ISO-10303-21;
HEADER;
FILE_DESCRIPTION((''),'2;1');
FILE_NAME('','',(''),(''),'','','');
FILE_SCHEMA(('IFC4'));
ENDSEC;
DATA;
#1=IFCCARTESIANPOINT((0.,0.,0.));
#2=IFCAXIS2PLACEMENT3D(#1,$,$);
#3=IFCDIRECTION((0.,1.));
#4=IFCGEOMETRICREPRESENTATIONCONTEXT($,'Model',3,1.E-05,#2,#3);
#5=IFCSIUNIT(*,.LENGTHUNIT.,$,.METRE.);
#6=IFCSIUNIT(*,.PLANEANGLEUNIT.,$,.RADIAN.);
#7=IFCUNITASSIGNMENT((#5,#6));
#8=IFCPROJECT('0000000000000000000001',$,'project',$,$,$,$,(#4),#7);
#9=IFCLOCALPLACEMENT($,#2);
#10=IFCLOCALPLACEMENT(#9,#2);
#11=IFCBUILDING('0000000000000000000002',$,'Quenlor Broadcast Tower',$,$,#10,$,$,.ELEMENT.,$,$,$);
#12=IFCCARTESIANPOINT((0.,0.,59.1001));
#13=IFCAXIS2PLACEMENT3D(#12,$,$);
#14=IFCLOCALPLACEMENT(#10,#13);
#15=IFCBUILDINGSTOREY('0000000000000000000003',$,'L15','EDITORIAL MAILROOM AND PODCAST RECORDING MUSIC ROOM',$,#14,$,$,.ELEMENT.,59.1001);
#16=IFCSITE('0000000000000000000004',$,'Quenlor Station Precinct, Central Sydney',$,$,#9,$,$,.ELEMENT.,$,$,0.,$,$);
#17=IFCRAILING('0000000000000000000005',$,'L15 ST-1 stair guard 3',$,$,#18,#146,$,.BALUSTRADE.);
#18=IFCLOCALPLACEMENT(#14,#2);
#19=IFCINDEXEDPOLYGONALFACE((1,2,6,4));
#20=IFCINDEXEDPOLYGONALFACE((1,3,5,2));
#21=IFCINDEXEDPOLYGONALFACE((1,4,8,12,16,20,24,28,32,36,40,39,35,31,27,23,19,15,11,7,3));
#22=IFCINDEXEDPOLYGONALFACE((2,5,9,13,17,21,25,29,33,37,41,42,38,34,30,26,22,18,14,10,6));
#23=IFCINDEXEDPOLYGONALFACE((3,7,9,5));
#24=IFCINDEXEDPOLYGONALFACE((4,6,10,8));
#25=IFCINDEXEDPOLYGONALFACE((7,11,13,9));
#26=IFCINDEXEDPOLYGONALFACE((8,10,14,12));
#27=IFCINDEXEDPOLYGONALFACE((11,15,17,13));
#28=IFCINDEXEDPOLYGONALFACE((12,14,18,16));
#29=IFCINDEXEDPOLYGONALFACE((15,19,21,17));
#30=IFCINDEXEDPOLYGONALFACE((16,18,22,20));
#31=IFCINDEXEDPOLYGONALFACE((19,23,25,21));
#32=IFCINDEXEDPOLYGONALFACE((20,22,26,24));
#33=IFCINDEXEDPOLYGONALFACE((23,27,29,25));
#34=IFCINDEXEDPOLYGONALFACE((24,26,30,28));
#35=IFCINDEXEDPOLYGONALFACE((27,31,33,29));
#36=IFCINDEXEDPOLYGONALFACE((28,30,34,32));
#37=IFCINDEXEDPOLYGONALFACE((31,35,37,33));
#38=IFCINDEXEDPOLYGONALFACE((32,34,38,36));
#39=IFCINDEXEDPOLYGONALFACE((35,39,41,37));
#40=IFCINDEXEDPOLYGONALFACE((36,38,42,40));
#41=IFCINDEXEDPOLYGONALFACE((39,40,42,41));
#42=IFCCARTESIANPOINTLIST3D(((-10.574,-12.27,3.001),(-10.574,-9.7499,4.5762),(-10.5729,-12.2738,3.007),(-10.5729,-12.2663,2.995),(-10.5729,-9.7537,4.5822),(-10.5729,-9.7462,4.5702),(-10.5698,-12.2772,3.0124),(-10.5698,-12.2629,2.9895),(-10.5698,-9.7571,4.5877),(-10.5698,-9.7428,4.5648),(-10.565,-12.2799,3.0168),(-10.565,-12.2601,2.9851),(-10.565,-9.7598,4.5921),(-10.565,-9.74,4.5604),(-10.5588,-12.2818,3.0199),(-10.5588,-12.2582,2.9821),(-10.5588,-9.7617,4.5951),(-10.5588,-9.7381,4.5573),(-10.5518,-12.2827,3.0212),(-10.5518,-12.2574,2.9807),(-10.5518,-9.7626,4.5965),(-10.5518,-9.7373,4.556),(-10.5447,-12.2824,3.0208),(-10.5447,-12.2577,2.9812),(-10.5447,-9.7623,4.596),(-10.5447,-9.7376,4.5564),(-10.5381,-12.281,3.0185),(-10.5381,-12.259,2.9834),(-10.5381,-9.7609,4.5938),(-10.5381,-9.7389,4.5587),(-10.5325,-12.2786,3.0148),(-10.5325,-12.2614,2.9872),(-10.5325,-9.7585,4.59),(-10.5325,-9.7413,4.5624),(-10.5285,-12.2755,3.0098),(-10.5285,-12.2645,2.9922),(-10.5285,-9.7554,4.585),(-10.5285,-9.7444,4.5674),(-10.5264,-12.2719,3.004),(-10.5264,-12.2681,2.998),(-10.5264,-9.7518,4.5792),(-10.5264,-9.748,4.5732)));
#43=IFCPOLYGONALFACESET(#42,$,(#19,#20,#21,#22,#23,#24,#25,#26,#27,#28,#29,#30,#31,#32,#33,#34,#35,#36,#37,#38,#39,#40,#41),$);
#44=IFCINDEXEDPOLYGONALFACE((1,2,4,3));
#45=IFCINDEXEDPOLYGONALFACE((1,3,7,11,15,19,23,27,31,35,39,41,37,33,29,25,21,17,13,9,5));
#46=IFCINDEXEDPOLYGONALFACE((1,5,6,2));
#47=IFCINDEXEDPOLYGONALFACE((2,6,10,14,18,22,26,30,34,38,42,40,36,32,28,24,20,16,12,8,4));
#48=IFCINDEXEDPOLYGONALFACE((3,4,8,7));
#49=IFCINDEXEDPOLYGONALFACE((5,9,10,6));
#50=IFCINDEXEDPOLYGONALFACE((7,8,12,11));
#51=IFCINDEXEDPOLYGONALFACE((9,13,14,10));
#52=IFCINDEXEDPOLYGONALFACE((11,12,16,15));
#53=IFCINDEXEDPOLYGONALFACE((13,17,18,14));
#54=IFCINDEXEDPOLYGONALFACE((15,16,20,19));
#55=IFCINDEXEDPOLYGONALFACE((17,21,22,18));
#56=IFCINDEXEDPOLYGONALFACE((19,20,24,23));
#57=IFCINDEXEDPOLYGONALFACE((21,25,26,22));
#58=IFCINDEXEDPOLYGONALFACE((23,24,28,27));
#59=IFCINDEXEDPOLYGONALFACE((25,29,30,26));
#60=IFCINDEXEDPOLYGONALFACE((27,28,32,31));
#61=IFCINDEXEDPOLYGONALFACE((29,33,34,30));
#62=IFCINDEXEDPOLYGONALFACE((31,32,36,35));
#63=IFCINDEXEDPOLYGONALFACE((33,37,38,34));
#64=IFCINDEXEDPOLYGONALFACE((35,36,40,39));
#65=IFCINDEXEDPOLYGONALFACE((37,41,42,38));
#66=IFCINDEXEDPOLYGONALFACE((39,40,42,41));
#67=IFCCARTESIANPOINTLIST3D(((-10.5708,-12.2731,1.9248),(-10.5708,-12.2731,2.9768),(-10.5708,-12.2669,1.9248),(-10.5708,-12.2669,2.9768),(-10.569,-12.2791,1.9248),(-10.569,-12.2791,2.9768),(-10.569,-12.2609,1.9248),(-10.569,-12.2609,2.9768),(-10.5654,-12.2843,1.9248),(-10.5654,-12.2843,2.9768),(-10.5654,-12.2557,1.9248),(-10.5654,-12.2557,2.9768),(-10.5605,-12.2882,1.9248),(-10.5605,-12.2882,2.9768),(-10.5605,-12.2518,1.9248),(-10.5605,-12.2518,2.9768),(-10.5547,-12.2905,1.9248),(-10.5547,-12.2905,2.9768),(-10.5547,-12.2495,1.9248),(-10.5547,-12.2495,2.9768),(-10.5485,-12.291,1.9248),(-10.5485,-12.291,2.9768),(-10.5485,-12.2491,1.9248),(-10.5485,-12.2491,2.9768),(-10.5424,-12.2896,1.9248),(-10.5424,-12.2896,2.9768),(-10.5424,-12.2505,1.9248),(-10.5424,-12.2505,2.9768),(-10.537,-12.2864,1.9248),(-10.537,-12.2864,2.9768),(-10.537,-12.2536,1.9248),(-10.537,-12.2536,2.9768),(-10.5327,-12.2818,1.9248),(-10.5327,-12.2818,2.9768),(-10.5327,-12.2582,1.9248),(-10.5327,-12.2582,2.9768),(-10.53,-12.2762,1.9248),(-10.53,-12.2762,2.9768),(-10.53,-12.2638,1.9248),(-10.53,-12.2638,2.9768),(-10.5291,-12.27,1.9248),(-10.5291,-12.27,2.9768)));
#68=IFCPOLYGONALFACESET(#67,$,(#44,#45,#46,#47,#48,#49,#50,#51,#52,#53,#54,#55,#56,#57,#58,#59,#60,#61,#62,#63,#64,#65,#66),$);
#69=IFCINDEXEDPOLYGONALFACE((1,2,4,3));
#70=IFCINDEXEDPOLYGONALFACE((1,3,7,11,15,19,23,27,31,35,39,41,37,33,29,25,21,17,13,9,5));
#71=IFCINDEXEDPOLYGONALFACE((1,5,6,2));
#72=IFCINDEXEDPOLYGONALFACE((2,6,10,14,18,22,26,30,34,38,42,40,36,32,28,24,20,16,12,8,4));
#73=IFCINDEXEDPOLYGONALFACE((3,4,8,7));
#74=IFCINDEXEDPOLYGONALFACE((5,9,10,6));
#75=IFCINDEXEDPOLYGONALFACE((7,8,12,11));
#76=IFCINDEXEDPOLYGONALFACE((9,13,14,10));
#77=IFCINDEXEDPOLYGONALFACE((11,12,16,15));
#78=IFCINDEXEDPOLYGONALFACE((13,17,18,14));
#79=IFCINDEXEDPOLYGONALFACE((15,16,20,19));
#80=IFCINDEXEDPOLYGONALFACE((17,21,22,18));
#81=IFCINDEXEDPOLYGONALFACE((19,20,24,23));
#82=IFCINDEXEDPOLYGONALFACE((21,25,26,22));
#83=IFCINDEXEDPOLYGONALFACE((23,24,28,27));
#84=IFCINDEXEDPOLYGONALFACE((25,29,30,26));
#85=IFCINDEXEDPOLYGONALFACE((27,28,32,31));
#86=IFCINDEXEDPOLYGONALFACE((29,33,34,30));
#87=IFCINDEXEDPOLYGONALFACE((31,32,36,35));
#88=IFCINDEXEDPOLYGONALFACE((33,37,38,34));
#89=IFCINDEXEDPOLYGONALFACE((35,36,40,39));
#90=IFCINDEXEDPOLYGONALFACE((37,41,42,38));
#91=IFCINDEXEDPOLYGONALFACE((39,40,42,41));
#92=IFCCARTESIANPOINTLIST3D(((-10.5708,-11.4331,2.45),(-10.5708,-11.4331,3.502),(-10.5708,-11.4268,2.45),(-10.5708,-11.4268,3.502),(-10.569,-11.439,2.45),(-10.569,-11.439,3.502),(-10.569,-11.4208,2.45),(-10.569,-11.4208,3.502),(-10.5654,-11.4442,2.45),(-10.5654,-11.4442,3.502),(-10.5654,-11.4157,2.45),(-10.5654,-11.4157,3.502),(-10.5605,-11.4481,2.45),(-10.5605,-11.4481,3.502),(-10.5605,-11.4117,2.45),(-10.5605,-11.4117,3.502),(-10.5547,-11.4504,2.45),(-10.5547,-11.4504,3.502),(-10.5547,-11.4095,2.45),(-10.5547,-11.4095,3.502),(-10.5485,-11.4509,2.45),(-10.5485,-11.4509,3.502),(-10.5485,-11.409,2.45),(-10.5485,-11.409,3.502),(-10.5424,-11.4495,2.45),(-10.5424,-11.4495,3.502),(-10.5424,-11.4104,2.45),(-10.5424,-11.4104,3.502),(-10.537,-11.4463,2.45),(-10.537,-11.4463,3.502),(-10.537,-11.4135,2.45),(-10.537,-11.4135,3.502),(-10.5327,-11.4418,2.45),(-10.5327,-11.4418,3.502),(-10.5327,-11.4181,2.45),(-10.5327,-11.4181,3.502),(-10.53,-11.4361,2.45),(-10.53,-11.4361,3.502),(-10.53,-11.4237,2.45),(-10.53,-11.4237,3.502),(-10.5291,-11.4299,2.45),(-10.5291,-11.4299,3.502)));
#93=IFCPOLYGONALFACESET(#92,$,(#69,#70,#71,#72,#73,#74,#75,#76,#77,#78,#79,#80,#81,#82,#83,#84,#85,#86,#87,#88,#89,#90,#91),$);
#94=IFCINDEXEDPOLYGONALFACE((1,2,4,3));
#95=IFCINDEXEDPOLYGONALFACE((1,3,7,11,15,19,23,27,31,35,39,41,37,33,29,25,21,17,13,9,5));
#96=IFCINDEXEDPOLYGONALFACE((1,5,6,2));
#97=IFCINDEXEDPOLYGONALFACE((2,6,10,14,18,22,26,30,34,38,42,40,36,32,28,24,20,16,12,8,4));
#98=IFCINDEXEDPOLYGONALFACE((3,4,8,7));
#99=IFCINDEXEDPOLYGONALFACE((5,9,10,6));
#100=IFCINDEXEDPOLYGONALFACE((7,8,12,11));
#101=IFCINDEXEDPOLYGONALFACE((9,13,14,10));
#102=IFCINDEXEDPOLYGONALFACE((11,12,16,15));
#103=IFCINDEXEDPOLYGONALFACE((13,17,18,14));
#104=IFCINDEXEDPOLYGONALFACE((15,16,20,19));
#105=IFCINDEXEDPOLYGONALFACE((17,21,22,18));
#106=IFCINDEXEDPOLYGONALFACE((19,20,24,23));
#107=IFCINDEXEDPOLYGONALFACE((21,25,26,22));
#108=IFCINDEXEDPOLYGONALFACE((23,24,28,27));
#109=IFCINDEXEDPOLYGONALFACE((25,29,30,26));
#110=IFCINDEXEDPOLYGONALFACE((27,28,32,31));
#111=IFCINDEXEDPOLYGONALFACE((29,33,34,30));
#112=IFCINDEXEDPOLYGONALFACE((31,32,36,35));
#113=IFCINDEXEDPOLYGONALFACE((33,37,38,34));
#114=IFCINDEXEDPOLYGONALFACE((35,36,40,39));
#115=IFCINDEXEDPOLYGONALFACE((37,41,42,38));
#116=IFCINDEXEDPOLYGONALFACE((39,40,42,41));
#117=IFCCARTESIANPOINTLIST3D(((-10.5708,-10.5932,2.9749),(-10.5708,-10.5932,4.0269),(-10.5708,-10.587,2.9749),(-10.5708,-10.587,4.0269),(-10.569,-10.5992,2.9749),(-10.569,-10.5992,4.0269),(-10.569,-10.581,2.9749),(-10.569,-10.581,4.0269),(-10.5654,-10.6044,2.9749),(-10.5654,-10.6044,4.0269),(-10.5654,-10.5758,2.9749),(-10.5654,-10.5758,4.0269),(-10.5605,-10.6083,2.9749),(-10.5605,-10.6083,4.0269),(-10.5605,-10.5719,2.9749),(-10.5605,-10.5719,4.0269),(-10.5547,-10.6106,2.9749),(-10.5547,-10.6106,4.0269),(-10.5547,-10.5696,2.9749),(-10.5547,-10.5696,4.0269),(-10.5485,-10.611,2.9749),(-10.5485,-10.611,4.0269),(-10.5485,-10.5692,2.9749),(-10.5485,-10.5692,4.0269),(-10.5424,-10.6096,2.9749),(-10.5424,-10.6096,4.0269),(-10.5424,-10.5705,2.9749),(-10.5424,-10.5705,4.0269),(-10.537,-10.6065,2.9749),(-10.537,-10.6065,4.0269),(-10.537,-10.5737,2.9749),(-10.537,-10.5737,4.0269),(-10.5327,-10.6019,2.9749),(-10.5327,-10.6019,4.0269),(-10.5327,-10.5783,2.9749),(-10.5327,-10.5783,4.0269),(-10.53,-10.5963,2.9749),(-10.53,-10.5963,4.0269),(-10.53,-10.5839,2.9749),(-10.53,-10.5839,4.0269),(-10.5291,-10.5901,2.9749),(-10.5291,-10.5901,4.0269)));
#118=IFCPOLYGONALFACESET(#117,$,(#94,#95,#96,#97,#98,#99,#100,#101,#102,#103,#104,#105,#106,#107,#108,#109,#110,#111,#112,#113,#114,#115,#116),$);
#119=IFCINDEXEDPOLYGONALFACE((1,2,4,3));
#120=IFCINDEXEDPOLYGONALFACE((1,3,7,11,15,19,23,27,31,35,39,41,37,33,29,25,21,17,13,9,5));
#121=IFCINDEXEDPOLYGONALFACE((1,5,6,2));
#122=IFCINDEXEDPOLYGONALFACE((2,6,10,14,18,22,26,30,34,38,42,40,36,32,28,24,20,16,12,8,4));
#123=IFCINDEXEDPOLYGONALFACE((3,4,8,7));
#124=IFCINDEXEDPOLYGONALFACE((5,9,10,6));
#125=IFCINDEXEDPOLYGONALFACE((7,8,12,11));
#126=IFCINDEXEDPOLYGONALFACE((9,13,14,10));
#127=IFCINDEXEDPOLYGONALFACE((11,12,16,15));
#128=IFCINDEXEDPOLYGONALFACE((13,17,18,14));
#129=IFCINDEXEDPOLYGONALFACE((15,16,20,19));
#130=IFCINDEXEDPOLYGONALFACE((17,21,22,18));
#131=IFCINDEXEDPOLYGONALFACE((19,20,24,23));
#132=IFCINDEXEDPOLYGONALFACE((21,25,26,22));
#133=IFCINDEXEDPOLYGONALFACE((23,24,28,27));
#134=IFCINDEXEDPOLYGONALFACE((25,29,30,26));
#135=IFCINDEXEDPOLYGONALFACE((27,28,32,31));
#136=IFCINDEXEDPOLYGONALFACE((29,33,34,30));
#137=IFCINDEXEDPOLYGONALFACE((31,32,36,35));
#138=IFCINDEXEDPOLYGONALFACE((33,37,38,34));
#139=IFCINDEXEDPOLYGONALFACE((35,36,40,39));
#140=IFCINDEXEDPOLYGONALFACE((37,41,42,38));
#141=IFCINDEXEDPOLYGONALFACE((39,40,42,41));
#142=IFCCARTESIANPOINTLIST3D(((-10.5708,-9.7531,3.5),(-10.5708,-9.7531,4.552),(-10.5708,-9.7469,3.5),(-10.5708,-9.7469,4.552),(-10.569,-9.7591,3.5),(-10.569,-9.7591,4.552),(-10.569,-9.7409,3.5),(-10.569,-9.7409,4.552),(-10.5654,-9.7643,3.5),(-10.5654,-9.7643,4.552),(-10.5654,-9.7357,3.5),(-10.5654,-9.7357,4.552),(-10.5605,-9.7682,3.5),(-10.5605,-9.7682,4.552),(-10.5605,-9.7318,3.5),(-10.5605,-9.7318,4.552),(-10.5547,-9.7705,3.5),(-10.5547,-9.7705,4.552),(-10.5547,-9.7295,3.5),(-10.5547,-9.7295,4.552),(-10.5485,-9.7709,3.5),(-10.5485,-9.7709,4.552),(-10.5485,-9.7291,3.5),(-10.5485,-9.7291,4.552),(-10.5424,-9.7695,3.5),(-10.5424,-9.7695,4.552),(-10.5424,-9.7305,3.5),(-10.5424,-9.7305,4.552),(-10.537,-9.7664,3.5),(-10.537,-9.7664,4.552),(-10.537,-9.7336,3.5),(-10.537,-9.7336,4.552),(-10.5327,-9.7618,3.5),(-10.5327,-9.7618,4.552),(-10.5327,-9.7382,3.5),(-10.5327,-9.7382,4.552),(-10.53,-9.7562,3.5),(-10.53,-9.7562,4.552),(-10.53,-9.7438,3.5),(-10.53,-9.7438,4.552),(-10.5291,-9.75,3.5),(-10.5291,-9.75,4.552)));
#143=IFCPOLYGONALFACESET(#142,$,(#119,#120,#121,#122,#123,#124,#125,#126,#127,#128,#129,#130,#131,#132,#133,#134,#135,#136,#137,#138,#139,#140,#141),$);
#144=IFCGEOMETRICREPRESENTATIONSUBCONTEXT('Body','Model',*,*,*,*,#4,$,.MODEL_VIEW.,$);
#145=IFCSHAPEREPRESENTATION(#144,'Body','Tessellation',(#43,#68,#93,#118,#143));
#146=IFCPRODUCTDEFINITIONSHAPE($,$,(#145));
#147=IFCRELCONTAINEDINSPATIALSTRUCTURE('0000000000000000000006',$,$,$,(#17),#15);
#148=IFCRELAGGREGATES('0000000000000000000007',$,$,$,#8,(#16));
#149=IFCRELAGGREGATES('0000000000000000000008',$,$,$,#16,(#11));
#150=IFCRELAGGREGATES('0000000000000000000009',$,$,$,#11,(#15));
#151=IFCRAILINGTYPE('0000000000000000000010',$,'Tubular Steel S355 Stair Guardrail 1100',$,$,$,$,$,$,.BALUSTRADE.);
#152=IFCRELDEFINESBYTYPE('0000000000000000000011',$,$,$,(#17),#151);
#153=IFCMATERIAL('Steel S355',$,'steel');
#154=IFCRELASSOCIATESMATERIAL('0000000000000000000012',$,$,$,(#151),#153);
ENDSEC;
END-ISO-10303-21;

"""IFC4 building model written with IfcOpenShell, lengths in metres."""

from ifc_helpers import new_model, si_unit, direction, frame, origin, origin_2d, place, context, subcontext, project, spatial, circle, extrude, material, type_object, element, save


model = new_model("IFC4")

# Units and contexts
model_context = context("Model", 3, precision=1e-05, world=origin(), true_north=direction((0.0, 1.0)))
body_context = subcontext(model_context, "Body", "Model", "MODEL_VIEW")
ifc_project = project(units=[si_unit("LENGTHUNIT", "METRE"), si_unit("PLANEANGLEUNIT", "RADIAN")], contexts=[model_context])

# Site, building, storey
site_placement = place(None, origin())
site = spatial("IfcSite", under=ifc_project, at=site_placement, Name="Quenlor Station Precinct, Central Sydney", CompositionType="ELEMENT", RefElevation=0.0)
building_placement = place(site_placement, origin())
building = spatial("IfcBuilding", under=site, at=building_placement, Name="Quenlor Broadcast Tower", CompositionType="ELEMENT")
storey_placement = place(building_placement, frame((0.0, 0.0, 59.1001)))
storey = spatial("IfcBuildingStorey", under=building, at=storey_placement, Name="L15", Description="EDITORIAL MAILROOM AND PODCAST RECORDING MUSIC ROOM", CompositionType="ELEMENT", Elevation=59.1001)

# Railing
ifc_material_1 = material(Name="Steel S355", Category="steel")
railing_type_1 = type_object("IfcRailingType", Name="Tubular Steel S355 Stair Guardrail 1100", PredefinedType="BALUSTRADE", material=ifc_material_1)
railing_1_placement = place(storey_placement, frame((-10.55, -12.27, 1.9248)))
element("IfcRailing", 1, at=railing_1_placement, inside=storey, type_object=railing_type_1, Name="L15 ST-1 stair guard 3", PredefinedType="BALUSTRADE", context=body_context, shape_type="SweptSolid", body=[
    extrude(circle(Radius=0.0239, at=origin_2d()), frame((0.0, 0.0, 1.0762), z_axis=(0.0, 0.847971, 0.530043), x_axis=(-1.0, 0.0, 0.0)), (0.0, 0.0, 1.0), 2.9719),
    extrude(circle(Radius=0.021, at=origin_2d()), origin(), (0.0, 0.0, 1.0), 1.052),
    extrude(circle(Radius=0.021, at=origin_2d()), frame((0.0, 0.8401, 0.5251)), (0.0, 0.0, 1.0), 1.052),
    extrude(circle(Radius=0.021, at=origin_2d()), frame((0.0, 1.6799, 1.05)), (0.0, 0.0, 1.0), 1.052),
    extrude(circle(Radius=0.021, at=origin_2d()), frame((0.0, 2.52, 1.5752)), (0.0, 0.0, 1.0), 1.052),
])

save(model, "model.ifc")
